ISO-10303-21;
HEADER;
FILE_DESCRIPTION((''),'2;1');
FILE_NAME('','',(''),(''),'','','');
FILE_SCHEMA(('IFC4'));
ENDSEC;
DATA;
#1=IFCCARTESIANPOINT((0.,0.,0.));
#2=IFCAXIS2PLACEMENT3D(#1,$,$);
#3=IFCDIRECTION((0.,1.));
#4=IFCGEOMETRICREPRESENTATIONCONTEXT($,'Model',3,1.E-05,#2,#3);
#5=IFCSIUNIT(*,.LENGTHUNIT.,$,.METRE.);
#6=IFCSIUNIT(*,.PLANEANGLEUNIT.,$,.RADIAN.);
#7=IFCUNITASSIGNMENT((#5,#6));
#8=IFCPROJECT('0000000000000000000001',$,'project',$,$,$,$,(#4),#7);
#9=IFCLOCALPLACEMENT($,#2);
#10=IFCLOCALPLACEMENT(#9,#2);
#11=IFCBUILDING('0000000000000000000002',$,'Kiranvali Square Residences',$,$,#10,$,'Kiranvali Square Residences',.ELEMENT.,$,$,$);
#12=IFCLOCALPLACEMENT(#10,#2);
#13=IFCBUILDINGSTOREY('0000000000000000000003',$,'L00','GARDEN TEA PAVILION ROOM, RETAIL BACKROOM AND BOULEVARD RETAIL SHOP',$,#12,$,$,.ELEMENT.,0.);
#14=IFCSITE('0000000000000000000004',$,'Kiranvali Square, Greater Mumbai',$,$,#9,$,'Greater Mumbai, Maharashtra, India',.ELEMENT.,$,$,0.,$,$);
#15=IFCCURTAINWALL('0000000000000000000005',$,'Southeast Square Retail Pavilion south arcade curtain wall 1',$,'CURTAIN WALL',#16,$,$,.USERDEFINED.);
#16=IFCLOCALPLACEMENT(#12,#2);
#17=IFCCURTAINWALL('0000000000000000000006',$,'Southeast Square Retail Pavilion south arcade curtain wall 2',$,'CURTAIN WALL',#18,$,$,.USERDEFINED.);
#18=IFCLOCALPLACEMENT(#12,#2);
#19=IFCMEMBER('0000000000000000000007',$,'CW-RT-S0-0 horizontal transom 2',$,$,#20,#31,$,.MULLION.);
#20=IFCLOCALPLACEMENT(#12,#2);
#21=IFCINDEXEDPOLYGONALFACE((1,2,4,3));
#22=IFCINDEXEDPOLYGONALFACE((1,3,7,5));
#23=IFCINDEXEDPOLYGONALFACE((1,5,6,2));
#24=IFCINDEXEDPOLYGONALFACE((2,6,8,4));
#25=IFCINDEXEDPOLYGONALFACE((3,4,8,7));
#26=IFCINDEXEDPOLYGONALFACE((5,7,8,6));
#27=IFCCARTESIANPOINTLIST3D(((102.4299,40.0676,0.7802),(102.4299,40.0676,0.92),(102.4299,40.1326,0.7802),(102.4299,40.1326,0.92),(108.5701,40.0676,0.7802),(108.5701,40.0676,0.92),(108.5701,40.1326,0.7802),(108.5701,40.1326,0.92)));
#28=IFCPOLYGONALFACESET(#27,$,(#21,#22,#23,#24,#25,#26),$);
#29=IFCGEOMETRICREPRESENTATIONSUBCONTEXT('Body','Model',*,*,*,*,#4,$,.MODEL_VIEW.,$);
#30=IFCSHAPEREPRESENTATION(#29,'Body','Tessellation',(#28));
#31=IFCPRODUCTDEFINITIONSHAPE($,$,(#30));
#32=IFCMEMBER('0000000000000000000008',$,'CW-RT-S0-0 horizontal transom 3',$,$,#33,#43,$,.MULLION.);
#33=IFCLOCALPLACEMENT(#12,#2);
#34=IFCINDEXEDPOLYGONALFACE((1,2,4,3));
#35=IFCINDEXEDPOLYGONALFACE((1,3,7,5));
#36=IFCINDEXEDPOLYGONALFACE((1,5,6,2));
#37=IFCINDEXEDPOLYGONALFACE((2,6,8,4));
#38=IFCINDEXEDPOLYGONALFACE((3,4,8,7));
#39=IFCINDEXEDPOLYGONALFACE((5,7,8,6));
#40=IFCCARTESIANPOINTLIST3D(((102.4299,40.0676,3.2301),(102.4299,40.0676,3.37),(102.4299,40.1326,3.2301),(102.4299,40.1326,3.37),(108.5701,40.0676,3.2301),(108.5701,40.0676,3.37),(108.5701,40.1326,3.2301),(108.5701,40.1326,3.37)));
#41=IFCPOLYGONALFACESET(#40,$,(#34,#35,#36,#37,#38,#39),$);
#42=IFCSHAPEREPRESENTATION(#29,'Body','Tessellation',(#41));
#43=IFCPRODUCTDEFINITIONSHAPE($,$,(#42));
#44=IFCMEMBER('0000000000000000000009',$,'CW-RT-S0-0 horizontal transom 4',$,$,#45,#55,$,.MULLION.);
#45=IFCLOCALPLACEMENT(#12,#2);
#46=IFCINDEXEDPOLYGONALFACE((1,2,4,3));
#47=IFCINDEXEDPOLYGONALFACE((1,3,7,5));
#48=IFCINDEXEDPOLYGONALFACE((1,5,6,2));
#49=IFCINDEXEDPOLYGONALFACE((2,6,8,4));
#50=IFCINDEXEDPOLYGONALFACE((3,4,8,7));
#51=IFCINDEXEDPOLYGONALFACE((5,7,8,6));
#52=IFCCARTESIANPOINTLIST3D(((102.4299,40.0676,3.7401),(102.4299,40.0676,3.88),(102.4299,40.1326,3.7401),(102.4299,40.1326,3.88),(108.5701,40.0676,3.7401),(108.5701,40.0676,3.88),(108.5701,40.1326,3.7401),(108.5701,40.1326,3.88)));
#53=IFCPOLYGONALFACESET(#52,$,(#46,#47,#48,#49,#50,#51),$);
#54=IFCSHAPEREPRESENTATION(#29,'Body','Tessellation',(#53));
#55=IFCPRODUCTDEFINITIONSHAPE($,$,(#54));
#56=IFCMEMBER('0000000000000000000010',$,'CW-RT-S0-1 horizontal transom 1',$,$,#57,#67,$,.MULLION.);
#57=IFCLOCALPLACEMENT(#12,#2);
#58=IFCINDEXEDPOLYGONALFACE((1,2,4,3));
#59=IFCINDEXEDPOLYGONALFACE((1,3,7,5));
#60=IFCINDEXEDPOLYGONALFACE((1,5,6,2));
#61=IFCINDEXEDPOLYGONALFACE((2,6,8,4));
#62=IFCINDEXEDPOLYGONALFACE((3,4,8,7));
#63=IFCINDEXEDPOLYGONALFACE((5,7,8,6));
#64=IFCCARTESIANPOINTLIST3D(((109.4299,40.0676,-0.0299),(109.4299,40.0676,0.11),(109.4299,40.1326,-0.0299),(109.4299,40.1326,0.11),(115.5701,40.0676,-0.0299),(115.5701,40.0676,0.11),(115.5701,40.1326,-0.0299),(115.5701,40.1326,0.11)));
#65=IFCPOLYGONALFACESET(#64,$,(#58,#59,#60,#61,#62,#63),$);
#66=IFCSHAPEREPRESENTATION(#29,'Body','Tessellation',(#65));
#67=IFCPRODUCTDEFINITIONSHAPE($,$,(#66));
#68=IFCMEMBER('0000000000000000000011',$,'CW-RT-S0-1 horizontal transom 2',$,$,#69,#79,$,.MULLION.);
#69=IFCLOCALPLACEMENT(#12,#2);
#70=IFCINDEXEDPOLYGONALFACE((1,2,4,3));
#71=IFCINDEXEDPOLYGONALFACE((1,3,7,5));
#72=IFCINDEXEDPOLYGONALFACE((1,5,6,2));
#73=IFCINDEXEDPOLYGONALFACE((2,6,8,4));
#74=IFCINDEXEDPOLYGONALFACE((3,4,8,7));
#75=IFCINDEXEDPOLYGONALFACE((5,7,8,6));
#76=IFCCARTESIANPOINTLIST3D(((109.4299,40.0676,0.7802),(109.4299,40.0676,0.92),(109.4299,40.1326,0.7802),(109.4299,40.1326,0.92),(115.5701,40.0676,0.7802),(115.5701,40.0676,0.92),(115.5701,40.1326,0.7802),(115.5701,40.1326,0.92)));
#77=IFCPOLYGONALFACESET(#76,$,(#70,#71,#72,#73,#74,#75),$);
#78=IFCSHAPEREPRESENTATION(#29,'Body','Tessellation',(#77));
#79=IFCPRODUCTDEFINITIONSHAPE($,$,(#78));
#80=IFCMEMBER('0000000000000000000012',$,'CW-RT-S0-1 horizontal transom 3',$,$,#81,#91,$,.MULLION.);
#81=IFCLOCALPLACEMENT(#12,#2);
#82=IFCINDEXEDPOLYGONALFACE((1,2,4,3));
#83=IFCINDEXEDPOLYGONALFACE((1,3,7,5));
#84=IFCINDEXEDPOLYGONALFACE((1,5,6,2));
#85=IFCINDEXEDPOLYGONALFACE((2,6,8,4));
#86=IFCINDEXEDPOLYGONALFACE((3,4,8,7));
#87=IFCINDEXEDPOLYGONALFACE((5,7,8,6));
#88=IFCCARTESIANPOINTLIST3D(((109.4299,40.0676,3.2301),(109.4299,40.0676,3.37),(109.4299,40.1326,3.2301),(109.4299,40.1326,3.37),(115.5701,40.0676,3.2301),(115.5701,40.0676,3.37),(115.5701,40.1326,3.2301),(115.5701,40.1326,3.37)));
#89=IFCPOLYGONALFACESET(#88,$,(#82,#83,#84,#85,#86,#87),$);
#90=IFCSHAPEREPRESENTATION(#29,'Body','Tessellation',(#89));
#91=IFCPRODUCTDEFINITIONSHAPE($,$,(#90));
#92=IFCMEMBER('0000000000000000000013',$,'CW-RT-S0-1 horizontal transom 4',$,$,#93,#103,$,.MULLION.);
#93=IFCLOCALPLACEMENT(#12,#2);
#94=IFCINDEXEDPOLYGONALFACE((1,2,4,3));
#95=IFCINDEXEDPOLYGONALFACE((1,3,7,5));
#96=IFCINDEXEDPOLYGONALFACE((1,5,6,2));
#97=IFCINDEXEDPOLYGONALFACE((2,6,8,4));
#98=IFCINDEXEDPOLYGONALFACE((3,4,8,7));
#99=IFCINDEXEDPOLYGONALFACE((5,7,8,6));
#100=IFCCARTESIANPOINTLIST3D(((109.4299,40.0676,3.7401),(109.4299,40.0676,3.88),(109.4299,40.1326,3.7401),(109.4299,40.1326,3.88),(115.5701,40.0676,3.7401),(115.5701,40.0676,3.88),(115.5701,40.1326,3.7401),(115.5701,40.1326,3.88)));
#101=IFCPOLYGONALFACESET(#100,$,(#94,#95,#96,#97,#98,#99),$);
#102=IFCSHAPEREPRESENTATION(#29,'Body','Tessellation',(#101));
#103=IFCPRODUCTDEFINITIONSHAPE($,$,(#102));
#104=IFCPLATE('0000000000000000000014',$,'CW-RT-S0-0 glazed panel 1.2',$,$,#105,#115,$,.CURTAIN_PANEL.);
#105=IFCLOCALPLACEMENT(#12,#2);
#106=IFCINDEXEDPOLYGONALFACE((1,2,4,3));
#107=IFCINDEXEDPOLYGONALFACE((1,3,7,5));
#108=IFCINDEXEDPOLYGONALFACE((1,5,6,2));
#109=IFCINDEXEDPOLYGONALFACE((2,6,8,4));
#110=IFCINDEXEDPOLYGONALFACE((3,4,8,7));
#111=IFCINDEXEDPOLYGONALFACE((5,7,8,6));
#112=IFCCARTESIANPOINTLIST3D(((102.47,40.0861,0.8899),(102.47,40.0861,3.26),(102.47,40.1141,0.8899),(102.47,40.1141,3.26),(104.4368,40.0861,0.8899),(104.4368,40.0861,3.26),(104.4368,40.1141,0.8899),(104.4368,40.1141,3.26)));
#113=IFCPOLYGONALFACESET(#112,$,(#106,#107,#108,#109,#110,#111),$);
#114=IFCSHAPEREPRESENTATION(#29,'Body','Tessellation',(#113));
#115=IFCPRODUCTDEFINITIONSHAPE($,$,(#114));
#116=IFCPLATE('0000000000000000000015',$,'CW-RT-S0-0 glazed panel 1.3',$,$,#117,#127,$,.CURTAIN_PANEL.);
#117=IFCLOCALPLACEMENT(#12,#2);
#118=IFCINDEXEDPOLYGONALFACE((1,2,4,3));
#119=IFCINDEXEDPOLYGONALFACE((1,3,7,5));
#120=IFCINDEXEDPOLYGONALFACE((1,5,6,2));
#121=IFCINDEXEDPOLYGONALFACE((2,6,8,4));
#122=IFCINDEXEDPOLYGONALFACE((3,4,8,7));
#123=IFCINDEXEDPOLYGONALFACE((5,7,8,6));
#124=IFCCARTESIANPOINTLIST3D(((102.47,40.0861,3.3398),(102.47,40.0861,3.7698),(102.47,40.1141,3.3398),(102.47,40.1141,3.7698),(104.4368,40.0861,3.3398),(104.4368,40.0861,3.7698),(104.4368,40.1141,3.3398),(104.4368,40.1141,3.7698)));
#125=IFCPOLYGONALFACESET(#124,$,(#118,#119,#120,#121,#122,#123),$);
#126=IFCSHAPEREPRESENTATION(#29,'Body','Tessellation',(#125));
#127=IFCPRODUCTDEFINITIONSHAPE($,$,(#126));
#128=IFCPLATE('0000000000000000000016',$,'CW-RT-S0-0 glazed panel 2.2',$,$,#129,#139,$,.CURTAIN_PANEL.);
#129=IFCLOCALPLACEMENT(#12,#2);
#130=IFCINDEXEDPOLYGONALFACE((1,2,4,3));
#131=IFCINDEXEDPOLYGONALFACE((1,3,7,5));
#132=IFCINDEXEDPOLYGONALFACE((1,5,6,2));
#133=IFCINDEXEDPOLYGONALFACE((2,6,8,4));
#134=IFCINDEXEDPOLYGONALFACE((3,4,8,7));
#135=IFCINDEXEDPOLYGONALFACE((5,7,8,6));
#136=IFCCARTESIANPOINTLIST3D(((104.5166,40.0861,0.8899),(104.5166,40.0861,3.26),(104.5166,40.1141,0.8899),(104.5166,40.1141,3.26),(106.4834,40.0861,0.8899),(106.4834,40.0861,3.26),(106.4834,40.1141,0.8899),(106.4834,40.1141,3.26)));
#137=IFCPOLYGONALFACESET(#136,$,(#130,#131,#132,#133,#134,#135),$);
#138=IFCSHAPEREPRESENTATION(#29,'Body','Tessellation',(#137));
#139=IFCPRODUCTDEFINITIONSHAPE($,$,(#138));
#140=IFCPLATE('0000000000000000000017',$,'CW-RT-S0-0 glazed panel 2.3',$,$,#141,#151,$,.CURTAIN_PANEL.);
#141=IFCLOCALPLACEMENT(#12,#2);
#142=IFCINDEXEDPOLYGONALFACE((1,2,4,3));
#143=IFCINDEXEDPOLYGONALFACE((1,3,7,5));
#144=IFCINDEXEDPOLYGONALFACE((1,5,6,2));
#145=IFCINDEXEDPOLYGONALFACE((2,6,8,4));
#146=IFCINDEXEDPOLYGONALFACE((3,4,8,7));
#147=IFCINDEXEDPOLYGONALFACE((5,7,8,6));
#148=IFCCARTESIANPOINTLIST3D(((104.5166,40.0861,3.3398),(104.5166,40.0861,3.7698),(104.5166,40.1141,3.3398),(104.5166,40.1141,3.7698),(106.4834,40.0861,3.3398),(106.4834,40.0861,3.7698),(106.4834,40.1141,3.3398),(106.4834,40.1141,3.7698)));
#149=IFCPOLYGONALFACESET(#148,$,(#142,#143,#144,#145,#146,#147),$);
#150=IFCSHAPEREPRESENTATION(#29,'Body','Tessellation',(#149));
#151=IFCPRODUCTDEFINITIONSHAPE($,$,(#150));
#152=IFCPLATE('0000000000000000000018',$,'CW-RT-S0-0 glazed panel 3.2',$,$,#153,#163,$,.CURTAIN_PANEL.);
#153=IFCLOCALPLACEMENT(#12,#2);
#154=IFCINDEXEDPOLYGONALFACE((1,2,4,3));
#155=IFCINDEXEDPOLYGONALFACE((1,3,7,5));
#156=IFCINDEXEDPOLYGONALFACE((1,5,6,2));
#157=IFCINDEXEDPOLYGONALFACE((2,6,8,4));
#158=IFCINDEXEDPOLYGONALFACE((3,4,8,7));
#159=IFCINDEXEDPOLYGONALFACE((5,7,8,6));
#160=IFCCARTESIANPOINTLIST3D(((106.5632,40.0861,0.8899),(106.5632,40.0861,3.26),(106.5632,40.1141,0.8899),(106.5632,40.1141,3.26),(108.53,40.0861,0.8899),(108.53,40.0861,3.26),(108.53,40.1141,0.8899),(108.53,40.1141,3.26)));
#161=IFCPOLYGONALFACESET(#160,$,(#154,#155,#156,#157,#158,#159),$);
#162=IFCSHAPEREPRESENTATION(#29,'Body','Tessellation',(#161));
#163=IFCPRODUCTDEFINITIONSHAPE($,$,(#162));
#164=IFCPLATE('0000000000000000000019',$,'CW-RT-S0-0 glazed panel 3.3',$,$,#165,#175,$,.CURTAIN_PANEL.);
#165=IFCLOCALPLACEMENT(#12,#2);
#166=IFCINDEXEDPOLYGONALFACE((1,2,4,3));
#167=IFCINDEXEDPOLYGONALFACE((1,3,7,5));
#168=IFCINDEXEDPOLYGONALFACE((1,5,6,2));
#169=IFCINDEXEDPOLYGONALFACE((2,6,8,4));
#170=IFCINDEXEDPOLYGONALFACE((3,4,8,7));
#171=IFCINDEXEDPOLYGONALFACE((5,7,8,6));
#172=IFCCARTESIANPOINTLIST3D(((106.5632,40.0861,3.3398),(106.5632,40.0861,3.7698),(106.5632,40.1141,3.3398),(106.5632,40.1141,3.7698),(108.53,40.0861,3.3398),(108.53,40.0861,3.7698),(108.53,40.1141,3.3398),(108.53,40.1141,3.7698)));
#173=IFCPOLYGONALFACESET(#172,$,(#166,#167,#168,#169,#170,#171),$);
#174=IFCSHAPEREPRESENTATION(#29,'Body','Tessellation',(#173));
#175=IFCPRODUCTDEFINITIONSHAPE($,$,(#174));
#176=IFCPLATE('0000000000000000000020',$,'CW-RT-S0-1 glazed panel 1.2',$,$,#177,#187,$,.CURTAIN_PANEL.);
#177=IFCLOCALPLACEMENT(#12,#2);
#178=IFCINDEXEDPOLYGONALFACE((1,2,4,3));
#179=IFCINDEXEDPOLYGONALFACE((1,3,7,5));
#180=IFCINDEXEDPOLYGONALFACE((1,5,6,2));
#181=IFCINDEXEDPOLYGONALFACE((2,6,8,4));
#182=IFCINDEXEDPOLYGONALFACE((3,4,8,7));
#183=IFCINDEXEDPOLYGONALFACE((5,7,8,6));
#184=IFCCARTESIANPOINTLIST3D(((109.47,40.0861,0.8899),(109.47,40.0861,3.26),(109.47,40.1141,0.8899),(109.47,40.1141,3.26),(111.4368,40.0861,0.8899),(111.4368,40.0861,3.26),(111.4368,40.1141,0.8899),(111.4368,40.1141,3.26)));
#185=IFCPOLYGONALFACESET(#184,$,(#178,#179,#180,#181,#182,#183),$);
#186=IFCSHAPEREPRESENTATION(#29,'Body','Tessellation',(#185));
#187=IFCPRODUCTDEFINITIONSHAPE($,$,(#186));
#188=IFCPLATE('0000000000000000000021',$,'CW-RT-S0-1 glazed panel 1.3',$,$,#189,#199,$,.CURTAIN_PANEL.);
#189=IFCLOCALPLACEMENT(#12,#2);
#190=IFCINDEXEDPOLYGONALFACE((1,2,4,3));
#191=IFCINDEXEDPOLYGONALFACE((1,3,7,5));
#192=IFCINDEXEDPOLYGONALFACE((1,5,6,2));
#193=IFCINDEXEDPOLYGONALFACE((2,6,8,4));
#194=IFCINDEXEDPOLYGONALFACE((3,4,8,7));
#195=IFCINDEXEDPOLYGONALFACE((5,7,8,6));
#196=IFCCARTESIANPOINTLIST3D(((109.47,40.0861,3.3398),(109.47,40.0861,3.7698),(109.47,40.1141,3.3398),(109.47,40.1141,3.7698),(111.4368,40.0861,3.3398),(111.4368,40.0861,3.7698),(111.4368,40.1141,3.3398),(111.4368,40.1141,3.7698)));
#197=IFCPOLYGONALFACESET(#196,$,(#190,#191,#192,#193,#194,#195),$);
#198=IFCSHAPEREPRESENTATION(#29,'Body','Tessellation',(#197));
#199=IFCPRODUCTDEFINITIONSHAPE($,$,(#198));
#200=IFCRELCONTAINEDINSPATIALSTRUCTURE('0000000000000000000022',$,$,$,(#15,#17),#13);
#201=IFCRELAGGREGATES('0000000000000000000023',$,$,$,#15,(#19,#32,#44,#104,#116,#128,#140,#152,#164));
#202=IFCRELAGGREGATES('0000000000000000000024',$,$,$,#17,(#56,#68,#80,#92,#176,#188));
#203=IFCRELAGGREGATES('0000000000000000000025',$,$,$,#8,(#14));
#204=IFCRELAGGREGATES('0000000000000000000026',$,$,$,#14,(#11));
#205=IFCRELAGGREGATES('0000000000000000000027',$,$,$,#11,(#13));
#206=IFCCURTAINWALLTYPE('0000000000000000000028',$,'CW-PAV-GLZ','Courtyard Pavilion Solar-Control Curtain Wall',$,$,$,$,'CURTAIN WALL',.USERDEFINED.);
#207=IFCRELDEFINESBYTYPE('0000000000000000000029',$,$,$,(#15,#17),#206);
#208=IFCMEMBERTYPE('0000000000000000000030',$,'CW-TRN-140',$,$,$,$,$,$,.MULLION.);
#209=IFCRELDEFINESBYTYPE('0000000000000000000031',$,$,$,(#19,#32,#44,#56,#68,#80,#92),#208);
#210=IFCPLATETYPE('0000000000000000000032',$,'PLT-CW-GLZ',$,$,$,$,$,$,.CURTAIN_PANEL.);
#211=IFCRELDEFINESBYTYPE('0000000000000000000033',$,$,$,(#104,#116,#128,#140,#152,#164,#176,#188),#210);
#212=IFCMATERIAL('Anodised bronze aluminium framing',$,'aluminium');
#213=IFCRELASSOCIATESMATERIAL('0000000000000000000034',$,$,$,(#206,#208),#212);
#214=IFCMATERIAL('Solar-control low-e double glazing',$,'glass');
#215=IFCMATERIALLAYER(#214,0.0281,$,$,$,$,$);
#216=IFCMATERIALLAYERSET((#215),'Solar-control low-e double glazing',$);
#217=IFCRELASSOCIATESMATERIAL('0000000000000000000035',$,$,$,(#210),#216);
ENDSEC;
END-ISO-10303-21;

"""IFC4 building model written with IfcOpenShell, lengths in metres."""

from ifc_helpers import new_model, si_unit, direction, frame, origin, origin_2d, place, context, subcontext, project, spatial, rectangle, extrude, material, layer, layer_set, material_profile, profile_set, type_object, element, aggregate, save


model = new_model("IFC4")

# Units and contexts
model_context = context("Model", 3, precision=1e-05, world=origin(), true_north=direction((0.0, 1.0)))
body_context = subcontext(model_context, "Body", "Model", "MODEL_VIEW")
ifc_project = project(units=[si_unit("LENGTHUNIT", "METRE"), si_unit("PLANEANGLEUNIT", "RADIAN")], contexts=[model_context])

# Site, building, storey
site_placement = place(None, origin())
site = spatial("IfcSite", under=ifc_project, at=site_placement, Name="Kiranvali Square, Greater Mumbai", LongName="Greater Mumbai, Maharashtra, India", CompositionType="ELEMENT", RefElevation=0.0)
building_placement = place(site_placement, origin())
building = spatial("IfcBuilding", under=site, at=building_placement, Name="Kiranvali Square Residences", LongName="Kiranvali Square Residences", CompositionType="ELEMENT")
storey_placement = place(building_placement, origin())
storey = spatial("IfcBuildingStorey", under=building, at=storey_placement, Name="L00", Description="GARDEN TEA PAVILION ROOM, RETAIL BACKROOM AND BOULEVARD RETAIL SHOP", CompositionType="ELEMENT", Elevation=0.0)

# Curtain walls
ifc_material_1 = material(Name="Anodised bronze aluminium framing", Category="aluminium")
curtain_wall_type = type_object("IfcCurtainWallType", Name="CW-PAV-GLZ", Description="Courtyard Pavilion Solar-Control Curtain Wall", ElementType="CURTAIN WALL", PredefinedType="USERDEFINED", material=ifc_material_1)
curtain_wall_1_placement = place(storey_placement, origin())
curtain_wall_1 = element("IfcCurtainWall", 1, at=curtain_wall_1_placement, inside=storey, type_object=curtain_wall_type, Name="Southeast Square Retail Pavilion south arcade curtain wall 1", ObjectType="CURTAIN WALL", PredefinedType="USERDEFINED")
curtain_wall_2_placement = place(storey_placement, origin())
curtain_wall_2 = element("IfcCurtainWall", 2, at=curtain_wall_2_placement, inside=storey, type_object=curtain_wall_type, Name="Southeast Square Retail Pavilion south arcade curtain wall 2", ObjectType="CURTAIN WALL", PredefinedType="USERDEFINED")

# Members
ifc_material_profile_1 = material_profile(ifc_material_1, rectangle(XDim=0.0649, YDim=0.1399, at=origin_2d()), Name="ALU 65x140")
ifc_profile_set_1 = profile_set([ifc_material_profile_1], Name="Anodised bronze aluminium framing")
member_type_1 = type_object("IfcMemberType", Name="CW-TRN-140", PredefinedType="MULLION", material=ifc_profile_set_1)
member_1_placement = place(storey_placement, frame((102.4299, 40.1001, 0.8501), z_axis=(1.0, 0.0, 0.0), x_axis=(0.0, 1.0, 0.0)))
member_1 = element("IfcMember", 3, at=member_1_placement, type_object=member_type_1, Name="CW-RT-S0-0 horizontal transom 2", PredefinedType="MULLION", context=body_context, shape_type="SweptSolid", body=[
    extrude(rectangle(XDim=0.0649, YDim=0.1399, at=origin_2d()), origin(), (0.0, 0.0, 1.0), 6.1401),
])
member_2_placement = place(storey_placement, frame((102.4299, 40.1001, 3.3), z_axis=(1.0, 0.0, 0.0), x_axis=(0.0, 1.0, 0.0)))
member_2 = element("IfcMember", 4, at=member_2_placement, type_object=member_type_1, Name="CW-RT-S0-0 horizontal transom 3", PredefinedType="MULLION", context=body_context, shape_type="SweptSolid", body=[
    extrude(rectangle(XDim=0.0649, YDim=0.1399, at=origin_2d()), origin(), (0.0, 0.0, 1.0), 6.1401),
])
member_3_placement = place(storey_placement, frame((102.4299, 40.1001, 3.8101), z_axis=(1.0, 0.0, 0.0), x_axis=(0.0, 1.0, 0.0)))
member_3 = element("IfcMember", 5, at=member_3_placement, type_object=member_type_1, Name="CW-RT-S0-0 horizontal transom 4", PredefinedType="MULLION", context=body_context, shape_type="SweptSolid", body=[
    extrude(rectangle(XDim=0.0649, YDim=0.1399, at=origin_2d()), origin(), (0.0, 0.0, 1.0), 6.1401),
])
member_4_placement = place(storey_placement, frame((109.4299, 40.1001, 0.04), z_axis=(1.0, 0.0, 0.0), x_axis=(0.0, 1.0, 0.0)))
member_4 = element("IfcMember", 6, at=member_4_placement, type_object=member_type_1, Name="CW-RT-S0-1 horizontal transom 1", PredefinedType="MULLION", context=body_context, shape_type="SweptSolid", body=[
    extrude(rectangle(XDim=0.0649, YDim=0.1399, at=origin_2d()), origin(), (0.0, 0.0, 1.0), 6.1401),
])
member_5_placement = place(storey_placement, frame((109.4299, 40.1001, 0.8501), z_axis=(1.0, 0.0, 0.0), x_axis=(0.0, 1.0, 0.0)))
member_5 = element("IfcMember", 7, at=member_5_placement, type_object=member_type_1, Name="CW-RT-S0-1 horizontal transom 2", PredefinedType="MULLION", context=body_context, shape_type="SweptSolid", body=[
    extrude(rectangle(XDim=0.0649, YDim=0.1399, at=origin_2d()), origin(), (0.0, 0.0, 1.0), 6.1401),
])
member_6_placement = place(storey_placement, frame((109.4299, 40.1001, 3.3), z_axis=(1.0, 0.0, 0.0), x_axis=(0.0, 1.0, 0.0)))
member_6 = element("IfcMember", 8, at=member_6_placement, type_object=member_type_1, Name="CW-RT-S0-1 horizontal transom 3", PredefinedType="MULLION", context=body_context, shape_type="SweptSolid", body=[
    extrude(rectangle(XDim=0.0649, YDim=0.1399, at=origin_2d()), origin(), (0.0, 0.0, 1.0), 6.1401),
])
member_7_placement = place(storey_placement, frame((109.4299, 40.1001, 3.8101), z_axis=(1.0, 0.0, 0.0), x_axis=(0.0, 1.0, 0.0)))
member_7 = element("IfcMember", 9, at=member_7_placement, type_object=member_type_1, Name="CW-RT-S0-1 horizontal transom 4", PredefinedType="MULLION", context=body_context, shape_type="SweptSolid", body=[
    extrude(rectangle(XDim=0.0649, YDim=0.1399, at=origin_2d()), origin(), (0.0, 0.0, 1.0), 6.1401),
])

# Plates
ifc_material_2 = material(Name="Solar-control low-e double glazing", Category="glass")
ifc_layer_1 = layer(ifc_material_2, 0.0281)
ifc_layer_set_1 = layer_set([ifc_layer_1], Name="Solar-control low-e double glazing")
plate_type_1 = type_object("IfcPlateType", Name="PLT-CW-GLZ", PredefinedType="CURTAIN_PANEL", material=ifc_layer_set_1)
plate_1_placement = place(storey_placement, frame((103.4534, 40.1001, 0.8899), z_axis=(0.0, 0.0, 1.0), x_axis=(1.0, 0.0, 0.0)))
plate_1 = element("IfcPlate", 10, at=plate_1_placement, type_object=plate_type_1, Name="CW-RT-S0-0 glazed panel 1.2", PredefinedType="CURTAIN_PANEL", context=body_context, shape_type="SweptSolid", body=[
    extrude(rectangle(XDim=1.9668, YDim=0.0281, at=origin_2d()), origin(), (0.0, 0.0, 1.0), 2.3701),
])
plate_2_placement = place(storey_placement, frame((103.4534, 40.1001, 3.3398), z_axis=(0.0, 0.0, 1.0), x_axis=(1.0, 0.0, 0.0)))
plate_2 = element("IfcPlate", 11, at=plate_2_placement, type_object=plate_type_1, Name="CW-RT-S0-0 glazed panel 1.3", PredefinedType="CURTAIN_PANEL", context=body_context, shape_type="SweptSolid", body=[
    extrude(rectangle(XDim=1.9668, YDim=0.0281, at=origin_2d()), origin(), (0.0, 0.0, 1.0), 0.4299),
])
plate_3_placement = place(storey_placement, frame((105.5, 40.1001, 0.8899), z_axis=(0.0, 0.0, 1.0), x_axis=(1.0, 0.0, 0.0)))
plate_3 = element("IfcPlate", 12, at=plate_3_placement, type_object=plate_type_1, Name="CW-RT-S0-0 glazed panel 2.2", PredefinedType="CURTAIN_PANEL", context=body_context, shape_type="SweptSolid", body=[
    extrude(rectangle(XDim=1.9668, YDim=0.0281, at=origin_2d()), origin(), (0.0, 0.0, 1.0), 2.3701),
])
plate_4_placement = place(storey_placement, frame((105.5, 40.1001, 3.3398), z_axis=(0.0, 0.0, 1.0), x_axis=(1.0, 0.0, 0.0)))
plate_4 = element("IfcPlate", 13, at=plate_4_placement, type_object=plate_type_1, Name="CW-RT-S0-0 glazed panel 2.3", PredefinedType="CURTAIN_PANEL", context=body_context, shape_type="SweptSolid", body=[
    extrude(rectangle(XDim=1.9668, YDim=0.0281, at=origin_2d()), origin(), (0.0, 0.0, 1.0), 0.4299),
])
plate_5_placement = place(storey_placement, frame((107.5466, 40.1001, 0.8899), z_axis=(0.0, 0.0, 1.0), x_axis=(1.0, 0.0, 0.0)))
plate_5 = element("IfcPlate", 14, at=plate_5_placement, type_object=plate_type_1, Name="CW-RT-S0-0 glazed panel 3.2", PredefinedType="CURTAIN_PANEL", context=body_context, shape_type="SweptSolid", body=[
    extrude(rectangle(XDim=1.9668, YDim=0.0281, at=origin_2d()), origin(), (0.0, 0.0, 1.0), 2.3701),
])
plate_6_placement = place(storey_placement, frame((107.5466, 40.1001, 3.3398), z_axis=(0.0, 0.0, 1.0), x_axis=(1.0, 0.0, 0.0)))
plate_6 = element("IfcPlate", 15, at=plate_6_placement, type_object=plate_type_1, Name="CW-RT-S0-0 glazed panel 3.3", PredefinedType="CURTAIN_PANEL", context=body_context, shape_type="SweptSolid", body=[
    extrude(rectangle(XDim=1.9668, YDim=0.0281, at=origin_2d()), origin(), (0.0, 0.0, 1.0), 0.4299),
])
plate_7_placement = place(storey_placement, frame((110.4534, 40.1001, 0.8899), z_axis=(0.0, 0.0, 1.0), x_axis=(1.0, 0.0, 0.0)))
plate_7 = element("IfcPlate", 16, at=plate_7_placement, type_object=plate_type_1, Name="CW-RT-S0-1 glazed panel 1.2", PredefinedType="CURTAIN_PANEL", context=body_context, shape_type="SweptSolid", body=[
    extrude(rectangle(XDim=1.9668, YDim=0.0281, at=origin_2d()), origin(), (0.0, 0.0, 1.0), 2.3701),
])
plate_8_placement = place(storey_placement, frame((110.4534, 40.1001, 3.3398), z_axis=(0.0, 0.0, 1.0), x_axis=(1.0, 0.0, 0.0)))
plate_8 = element("IfcPlate", 17, at=plate_8_placement, type_object=plate_type_1, Name="CW-RT-S0-1 glazed panel 1.3", PredefinedType="CURTAIN_PANEL", context=body_context, shape_type="SweptSolid", body=[
    extrude(rectangle(XDim=1.9668, YDim=0.0281, at=origin_2d()), origin(), (0.0, 0.0, 1.0), 0.4299),
])
aggregate(curtain_wall_1, [member_1, member_2, member_3, plate_1, plate_2, plate_3, plate_4, plate_5, plate_6])
aggregate(curtain_wall_2, [member_4, member_5, member_6, member_7, plate_7, plate_8])

save(model, "model.ifc")
